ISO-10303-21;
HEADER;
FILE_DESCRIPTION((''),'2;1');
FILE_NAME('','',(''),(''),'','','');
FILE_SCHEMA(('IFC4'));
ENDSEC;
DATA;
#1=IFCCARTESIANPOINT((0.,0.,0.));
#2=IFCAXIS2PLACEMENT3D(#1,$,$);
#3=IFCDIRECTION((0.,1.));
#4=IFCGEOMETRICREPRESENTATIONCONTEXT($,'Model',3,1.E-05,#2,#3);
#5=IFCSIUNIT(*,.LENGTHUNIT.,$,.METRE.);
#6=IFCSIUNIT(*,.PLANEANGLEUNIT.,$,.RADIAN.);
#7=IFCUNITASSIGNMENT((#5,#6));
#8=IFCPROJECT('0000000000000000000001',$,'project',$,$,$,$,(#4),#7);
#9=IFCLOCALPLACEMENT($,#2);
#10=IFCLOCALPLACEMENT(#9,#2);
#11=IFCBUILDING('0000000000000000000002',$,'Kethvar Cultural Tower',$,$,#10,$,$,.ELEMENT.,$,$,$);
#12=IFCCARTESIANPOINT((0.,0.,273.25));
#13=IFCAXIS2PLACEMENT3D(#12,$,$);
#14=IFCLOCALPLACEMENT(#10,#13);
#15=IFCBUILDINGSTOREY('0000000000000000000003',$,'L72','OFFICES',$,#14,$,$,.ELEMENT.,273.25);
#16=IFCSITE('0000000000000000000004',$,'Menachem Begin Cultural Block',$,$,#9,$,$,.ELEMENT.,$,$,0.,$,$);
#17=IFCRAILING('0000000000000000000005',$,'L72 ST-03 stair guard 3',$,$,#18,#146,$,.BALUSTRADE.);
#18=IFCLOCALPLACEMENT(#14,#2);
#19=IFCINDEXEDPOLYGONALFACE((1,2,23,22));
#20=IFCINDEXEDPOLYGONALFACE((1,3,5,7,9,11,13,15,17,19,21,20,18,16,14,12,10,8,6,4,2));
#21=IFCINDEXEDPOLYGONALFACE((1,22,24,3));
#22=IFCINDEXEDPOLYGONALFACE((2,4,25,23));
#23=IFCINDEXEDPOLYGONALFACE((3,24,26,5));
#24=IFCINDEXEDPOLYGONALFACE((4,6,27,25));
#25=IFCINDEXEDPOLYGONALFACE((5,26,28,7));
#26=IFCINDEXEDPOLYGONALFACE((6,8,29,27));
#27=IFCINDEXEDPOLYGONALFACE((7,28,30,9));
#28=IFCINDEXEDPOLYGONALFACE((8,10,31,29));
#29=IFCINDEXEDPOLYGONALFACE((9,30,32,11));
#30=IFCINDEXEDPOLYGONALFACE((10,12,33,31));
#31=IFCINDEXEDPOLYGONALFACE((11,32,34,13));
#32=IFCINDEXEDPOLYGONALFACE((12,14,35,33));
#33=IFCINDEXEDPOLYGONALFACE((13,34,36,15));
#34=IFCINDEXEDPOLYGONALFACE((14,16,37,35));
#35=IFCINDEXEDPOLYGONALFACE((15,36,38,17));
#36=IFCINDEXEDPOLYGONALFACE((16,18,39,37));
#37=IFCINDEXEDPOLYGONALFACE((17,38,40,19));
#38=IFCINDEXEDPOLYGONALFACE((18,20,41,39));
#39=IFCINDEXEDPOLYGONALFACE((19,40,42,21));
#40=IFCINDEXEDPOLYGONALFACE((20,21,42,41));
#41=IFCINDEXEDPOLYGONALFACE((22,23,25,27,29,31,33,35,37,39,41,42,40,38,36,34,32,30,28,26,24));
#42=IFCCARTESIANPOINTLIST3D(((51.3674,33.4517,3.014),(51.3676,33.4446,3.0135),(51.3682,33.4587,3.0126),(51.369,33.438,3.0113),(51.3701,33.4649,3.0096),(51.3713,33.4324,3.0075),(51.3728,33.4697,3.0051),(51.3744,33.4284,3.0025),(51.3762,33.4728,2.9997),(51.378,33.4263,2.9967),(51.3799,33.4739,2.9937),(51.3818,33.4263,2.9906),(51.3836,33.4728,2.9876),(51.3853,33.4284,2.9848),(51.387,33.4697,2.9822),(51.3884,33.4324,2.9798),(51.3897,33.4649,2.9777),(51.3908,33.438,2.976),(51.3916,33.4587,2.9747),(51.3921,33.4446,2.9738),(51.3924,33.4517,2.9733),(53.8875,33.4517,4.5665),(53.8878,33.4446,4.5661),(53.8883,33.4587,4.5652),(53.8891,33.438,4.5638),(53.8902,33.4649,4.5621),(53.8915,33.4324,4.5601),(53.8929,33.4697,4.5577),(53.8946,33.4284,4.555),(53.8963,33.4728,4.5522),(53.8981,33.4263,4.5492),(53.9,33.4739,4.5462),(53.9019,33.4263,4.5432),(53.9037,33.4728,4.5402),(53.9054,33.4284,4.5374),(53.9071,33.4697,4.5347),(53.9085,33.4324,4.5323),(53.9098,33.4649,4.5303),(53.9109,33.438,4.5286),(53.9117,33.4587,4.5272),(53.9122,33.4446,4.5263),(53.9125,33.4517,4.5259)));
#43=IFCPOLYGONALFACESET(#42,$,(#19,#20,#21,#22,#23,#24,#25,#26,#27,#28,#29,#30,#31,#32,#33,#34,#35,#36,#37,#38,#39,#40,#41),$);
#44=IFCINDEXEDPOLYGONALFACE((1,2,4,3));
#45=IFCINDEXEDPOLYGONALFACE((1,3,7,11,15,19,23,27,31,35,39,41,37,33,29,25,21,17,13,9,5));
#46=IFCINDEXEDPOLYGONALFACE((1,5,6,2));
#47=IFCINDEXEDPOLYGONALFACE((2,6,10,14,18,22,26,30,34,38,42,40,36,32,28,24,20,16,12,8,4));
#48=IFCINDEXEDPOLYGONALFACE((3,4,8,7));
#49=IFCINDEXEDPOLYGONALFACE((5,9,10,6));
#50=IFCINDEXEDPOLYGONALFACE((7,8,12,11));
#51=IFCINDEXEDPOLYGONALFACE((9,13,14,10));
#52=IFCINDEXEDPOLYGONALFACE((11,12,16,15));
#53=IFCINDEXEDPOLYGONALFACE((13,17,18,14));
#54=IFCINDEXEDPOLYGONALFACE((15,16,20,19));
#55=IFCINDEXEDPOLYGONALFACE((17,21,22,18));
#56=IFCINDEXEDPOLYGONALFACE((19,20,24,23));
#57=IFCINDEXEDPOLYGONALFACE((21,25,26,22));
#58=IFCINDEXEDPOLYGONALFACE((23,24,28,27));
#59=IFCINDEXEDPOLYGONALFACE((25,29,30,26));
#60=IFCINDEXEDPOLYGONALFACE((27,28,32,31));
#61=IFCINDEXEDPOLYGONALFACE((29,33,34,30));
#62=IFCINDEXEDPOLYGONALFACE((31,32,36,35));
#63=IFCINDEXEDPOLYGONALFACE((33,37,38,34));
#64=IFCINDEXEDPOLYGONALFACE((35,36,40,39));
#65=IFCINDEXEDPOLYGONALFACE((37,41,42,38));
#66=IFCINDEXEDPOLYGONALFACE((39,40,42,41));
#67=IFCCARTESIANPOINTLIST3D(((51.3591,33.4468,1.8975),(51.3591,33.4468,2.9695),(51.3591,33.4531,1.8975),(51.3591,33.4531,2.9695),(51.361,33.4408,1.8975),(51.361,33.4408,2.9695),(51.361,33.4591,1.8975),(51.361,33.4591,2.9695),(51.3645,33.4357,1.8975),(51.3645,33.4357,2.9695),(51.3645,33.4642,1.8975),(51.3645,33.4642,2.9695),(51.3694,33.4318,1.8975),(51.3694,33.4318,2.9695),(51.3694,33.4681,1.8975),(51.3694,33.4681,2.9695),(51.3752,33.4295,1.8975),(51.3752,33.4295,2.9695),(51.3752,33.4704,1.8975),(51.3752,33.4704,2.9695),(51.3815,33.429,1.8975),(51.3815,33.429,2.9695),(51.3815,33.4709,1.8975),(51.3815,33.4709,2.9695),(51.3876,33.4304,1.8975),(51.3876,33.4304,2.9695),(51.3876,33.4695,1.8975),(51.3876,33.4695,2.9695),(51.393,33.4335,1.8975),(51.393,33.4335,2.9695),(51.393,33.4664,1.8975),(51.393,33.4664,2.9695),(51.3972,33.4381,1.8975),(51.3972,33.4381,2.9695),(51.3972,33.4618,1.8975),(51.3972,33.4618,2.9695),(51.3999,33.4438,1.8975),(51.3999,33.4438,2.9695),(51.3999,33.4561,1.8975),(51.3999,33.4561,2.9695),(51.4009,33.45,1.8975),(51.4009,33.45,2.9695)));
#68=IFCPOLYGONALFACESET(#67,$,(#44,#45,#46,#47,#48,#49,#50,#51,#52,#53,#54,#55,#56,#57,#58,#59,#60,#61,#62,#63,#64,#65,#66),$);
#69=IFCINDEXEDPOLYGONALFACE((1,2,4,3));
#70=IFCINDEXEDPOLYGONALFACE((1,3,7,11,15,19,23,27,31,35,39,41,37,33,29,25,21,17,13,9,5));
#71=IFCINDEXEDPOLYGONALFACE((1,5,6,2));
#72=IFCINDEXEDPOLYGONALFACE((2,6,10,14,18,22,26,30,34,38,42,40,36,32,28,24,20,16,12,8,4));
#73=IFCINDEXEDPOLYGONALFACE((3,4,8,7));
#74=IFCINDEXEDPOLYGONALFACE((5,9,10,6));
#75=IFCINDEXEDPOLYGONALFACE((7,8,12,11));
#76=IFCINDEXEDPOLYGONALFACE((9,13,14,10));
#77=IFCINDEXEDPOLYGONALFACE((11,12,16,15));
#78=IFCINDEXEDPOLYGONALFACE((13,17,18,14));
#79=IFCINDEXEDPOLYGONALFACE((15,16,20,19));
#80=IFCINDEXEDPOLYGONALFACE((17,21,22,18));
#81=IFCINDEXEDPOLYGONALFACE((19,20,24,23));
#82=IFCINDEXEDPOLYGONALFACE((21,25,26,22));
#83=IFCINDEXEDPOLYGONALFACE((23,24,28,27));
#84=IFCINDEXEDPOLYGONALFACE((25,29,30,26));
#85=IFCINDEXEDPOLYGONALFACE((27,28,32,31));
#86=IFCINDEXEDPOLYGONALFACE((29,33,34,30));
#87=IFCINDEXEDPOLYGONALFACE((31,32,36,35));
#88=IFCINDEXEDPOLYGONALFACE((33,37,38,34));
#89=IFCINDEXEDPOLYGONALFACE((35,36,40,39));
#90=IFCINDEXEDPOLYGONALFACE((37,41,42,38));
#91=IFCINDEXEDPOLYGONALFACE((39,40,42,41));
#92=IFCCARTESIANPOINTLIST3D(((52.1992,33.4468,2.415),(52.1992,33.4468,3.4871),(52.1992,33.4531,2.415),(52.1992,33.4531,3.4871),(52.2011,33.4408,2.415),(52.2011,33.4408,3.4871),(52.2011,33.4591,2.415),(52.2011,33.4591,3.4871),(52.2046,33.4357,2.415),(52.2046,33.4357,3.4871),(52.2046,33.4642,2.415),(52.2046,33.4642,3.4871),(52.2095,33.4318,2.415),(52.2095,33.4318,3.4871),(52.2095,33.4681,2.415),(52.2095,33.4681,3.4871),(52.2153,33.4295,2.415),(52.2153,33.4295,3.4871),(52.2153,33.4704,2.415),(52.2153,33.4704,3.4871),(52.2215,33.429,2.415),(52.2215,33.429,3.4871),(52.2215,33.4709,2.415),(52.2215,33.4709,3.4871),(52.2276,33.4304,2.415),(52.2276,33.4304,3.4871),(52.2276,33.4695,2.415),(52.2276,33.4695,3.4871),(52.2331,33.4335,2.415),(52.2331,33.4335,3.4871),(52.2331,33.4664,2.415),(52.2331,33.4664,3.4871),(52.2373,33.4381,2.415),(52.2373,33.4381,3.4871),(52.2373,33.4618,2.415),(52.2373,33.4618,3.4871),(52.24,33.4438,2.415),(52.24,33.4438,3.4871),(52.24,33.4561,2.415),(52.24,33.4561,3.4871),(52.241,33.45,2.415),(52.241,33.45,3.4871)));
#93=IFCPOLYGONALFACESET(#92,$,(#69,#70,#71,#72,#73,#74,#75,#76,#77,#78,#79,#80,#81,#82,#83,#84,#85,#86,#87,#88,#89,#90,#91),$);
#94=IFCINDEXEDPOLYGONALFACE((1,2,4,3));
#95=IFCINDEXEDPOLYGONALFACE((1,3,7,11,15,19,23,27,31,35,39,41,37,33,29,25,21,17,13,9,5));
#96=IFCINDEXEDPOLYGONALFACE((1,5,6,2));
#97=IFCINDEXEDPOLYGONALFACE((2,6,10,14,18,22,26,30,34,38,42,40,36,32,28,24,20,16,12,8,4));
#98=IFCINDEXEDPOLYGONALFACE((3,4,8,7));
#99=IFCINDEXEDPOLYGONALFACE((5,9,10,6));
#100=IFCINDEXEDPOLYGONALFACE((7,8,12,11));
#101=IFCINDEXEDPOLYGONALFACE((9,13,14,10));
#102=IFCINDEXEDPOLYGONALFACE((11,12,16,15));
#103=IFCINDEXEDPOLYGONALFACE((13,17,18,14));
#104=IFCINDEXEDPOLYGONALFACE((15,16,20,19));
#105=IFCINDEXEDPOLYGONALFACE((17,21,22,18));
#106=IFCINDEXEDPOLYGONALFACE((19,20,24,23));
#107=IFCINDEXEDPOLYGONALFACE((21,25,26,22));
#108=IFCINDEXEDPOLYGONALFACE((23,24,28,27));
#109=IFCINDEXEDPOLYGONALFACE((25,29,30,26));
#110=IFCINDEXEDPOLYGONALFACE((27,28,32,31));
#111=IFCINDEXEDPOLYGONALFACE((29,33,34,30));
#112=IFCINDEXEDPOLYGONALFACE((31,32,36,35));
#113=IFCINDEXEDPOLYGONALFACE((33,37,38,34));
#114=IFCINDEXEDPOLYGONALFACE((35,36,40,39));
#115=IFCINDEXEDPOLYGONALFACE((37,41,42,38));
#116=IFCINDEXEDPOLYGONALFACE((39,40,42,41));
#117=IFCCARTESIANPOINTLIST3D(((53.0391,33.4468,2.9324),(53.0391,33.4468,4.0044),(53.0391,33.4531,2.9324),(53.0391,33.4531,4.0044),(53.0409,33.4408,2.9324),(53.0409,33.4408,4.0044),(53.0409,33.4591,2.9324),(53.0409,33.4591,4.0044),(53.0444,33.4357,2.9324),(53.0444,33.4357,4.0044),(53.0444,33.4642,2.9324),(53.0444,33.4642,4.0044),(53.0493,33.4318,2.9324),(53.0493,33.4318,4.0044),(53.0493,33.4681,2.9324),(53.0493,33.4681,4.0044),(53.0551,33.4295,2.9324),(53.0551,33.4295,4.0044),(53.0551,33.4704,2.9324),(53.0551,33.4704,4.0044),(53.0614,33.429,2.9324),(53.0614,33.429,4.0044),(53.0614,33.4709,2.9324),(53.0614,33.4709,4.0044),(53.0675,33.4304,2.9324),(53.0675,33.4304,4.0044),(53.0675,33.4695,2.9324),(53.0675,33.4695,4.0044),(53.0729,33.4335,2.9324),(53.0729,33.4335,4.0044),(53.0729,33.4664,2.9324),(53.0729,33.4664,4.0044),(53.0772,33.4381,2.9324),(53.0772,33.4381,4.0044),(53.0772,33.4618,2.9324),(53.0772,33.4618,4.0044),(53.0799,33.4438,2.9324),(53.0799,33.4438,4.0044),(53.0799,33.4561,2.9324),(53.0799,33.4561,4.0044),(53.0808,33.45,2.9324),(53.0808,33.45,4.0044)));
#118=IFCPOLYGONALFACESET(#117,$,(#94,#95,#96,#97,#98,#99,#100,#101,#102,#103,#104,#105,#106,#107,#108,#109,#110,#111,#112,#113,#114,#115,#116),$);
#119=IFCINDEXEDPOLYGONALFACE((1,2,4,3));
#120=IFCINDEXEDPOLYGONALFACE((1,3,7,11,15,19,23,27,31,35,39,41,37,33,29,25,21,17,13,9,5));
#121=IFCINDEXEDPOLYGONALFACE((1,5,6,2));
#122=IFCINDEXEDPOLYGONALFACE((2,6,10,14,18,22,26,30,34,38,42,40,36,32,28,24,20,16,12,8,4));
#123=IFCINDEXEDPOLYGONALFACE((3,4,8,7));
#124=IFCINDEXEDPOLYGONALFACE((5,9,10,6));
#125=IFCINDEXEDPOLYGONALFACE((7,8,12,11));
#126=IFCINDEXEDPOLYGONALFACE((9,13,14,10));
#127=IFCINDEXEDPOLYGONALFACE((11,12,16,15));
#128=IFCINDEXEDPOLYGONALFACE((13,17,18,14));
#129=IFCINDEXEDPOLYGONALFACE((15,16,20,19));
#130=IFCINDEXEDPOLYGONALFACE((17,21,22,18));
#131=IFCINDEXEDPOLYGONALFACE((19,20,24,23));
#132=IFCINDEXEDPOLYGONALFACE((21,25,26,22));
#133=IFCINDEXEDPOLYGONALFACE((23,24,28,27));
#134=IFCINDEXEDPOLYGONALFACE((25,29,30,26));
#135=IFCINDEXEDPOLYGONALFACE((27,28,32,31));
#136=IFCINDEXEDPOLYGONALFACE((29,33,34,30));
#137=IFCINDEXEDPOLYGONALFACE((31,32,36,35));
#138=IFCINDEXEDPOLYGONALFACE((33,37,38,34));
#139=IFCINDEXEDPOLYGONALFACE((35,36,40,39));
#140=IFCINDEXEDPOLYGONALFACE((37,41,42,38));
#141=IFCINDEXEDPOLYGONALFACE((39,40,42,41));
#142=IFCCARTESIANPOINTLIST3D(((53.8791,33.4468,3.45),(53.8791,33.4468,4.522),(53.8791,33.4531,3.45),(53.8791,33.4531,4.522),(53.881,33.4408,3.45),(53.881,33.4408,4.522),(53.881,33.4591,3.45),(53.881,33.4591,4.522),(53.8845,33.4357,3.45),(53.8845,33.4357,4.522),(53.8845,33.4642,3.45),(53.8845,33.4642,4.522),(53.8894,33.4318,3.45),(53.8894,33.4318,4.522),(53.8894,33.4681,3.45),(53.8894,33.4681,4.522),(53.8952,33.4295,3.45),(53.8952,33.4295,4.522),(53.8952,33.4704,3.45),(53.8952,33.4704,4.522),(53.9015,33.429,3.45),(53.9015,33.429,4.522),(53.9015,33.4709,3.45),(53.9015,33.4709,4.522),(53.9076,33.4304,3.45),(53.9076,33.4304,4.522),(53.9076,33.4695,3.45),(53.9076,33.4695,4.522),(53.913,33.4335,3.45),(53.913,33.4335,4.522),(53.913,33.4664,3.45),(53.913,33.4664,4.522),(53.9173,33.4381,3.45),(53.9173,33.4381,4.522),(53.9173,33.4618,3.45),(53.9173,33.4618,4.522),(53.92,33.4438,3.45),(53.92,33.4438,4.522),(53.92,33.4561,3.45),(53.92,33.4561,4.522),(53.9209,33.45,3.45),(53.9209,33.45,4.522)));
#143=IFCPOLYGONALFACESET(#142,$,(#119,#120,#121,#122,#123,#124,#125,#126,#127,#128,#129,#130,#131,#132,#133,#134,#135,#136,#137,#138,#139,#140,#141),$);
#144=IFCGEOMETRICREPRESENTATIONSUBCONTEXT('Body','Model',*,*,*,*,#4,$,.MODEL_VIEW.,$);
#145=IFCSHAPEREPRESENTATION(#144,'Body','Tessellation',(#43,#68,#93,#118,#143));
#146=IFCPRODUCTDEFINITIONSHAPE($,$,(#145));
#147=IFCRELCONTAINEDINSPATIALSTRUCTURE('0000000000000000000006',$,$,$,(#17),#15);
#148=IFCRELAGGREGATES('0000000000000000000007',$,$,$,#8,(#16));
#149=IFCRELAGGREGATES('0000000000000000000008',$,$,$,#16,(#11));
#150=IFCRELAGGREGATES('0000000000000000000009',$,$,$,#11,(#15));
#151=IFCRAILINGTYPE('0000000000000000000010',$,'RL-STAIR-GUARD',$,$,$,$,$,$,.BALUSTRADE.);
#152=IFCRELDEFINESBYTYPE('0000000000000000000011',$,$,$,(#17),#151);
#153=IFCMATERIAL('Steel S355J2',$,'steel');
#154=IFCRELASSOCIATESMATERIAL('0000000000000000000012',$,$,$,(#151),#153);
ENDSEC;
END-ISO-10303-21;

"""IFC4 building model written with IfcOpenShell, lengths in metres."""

from ifc_helpers import new_model, si_unit, direction, frame, origin, origin_2d, place, context, subcontext, project, spatial, circle, extrude, material, type_object, element, save


model = new_model("IFC4")

# Units and contexts
model_context = context("Model", 3, precision=1e-05, world=origin(), true_north=direction((0.0, 1.0)))
body_context = subcontext(model_context, "Body", "Model", "MODEL_VIEW")
ifc_project = project(units=[si_unit("LENGTHUNIT", "METRE"), si_unit("PLANEANGLEUNIT", "RADIAN")], contexts=[model_context])

# Site, building, storey
site_placement = place(None, origin())
site = spatial("IfcSite", under=ifc_project, at=site_placement, Name="Menachem Begin Cultural Block", CompositionType="ELEMENT", RefElevation=0.0)
building_placement = place(site_placement, origin())
building = spatial("IfcBuilding", under=site, at=building_placement, Name="Kethvar Cultural Tower", CompositionType="ELEMENT")
storey_placement = place(building_placement, frame((0.0, 0.0, 273.25)))
storey = spatial("IfcBuildingStorey", under=building, at=storey_placement, Name="L72", Description="OFFICES", CompositionType="ELEMENT", Elevation=273.25)

# Shared definitions
ifc_material_1 = material(Name="Steel S355J2", Category="steel")

# Railing
railing_type_1 = type_object("IfcRailingType", Name="RL-STAIR-GUARD", PredefinedType="BALUSTRADE", material=ifc_material_1)
railing_1_placement = place(storey_placement, frame((51.3799, 33.45, 1.8975)))
element("IfcRailing", 1, at=railing_1_placement, inside=storey, type_object=railing_type_1, Name="L72 ST-03 stair guard 3", PredefinedType="BALUSTRADE", context=body_context, shape_type="SweptSolid", body=[
    extrude(circle(Radius=0.0239, at=origin_2d()), frame((0.0, 0.0, 1.0962), z_axis=(0.8514, 0.0, 0.524516), x_axis=(0.0, 1.0, 0.0)), (0.0, 0.0, 1.0), 2.96),
    extrude(circle(Radius=0.021, at=origin_2d()), origin(), (0.0, 0.0, 1.0), 1.072),
    extrude(circle(Radius=0.021, at=origin_2d()), frame((0.8401, 0.0, 0.5176)), (0.0, 0.0, 1.0), 1.072),
    extrude(circle(Radius=0.021, at=origin_2d()), frame((1.6799, 0.0, 1.0349)), (0.0, 0.0, 1.0), 1.072),
    extrude(circle(Radius=0.021, at=origin_2d()), frame((2.52, 0.0, 1.5525)), (0.0, 0.0, 1.0), 1.072),
])

save(model, "model.ifc")
